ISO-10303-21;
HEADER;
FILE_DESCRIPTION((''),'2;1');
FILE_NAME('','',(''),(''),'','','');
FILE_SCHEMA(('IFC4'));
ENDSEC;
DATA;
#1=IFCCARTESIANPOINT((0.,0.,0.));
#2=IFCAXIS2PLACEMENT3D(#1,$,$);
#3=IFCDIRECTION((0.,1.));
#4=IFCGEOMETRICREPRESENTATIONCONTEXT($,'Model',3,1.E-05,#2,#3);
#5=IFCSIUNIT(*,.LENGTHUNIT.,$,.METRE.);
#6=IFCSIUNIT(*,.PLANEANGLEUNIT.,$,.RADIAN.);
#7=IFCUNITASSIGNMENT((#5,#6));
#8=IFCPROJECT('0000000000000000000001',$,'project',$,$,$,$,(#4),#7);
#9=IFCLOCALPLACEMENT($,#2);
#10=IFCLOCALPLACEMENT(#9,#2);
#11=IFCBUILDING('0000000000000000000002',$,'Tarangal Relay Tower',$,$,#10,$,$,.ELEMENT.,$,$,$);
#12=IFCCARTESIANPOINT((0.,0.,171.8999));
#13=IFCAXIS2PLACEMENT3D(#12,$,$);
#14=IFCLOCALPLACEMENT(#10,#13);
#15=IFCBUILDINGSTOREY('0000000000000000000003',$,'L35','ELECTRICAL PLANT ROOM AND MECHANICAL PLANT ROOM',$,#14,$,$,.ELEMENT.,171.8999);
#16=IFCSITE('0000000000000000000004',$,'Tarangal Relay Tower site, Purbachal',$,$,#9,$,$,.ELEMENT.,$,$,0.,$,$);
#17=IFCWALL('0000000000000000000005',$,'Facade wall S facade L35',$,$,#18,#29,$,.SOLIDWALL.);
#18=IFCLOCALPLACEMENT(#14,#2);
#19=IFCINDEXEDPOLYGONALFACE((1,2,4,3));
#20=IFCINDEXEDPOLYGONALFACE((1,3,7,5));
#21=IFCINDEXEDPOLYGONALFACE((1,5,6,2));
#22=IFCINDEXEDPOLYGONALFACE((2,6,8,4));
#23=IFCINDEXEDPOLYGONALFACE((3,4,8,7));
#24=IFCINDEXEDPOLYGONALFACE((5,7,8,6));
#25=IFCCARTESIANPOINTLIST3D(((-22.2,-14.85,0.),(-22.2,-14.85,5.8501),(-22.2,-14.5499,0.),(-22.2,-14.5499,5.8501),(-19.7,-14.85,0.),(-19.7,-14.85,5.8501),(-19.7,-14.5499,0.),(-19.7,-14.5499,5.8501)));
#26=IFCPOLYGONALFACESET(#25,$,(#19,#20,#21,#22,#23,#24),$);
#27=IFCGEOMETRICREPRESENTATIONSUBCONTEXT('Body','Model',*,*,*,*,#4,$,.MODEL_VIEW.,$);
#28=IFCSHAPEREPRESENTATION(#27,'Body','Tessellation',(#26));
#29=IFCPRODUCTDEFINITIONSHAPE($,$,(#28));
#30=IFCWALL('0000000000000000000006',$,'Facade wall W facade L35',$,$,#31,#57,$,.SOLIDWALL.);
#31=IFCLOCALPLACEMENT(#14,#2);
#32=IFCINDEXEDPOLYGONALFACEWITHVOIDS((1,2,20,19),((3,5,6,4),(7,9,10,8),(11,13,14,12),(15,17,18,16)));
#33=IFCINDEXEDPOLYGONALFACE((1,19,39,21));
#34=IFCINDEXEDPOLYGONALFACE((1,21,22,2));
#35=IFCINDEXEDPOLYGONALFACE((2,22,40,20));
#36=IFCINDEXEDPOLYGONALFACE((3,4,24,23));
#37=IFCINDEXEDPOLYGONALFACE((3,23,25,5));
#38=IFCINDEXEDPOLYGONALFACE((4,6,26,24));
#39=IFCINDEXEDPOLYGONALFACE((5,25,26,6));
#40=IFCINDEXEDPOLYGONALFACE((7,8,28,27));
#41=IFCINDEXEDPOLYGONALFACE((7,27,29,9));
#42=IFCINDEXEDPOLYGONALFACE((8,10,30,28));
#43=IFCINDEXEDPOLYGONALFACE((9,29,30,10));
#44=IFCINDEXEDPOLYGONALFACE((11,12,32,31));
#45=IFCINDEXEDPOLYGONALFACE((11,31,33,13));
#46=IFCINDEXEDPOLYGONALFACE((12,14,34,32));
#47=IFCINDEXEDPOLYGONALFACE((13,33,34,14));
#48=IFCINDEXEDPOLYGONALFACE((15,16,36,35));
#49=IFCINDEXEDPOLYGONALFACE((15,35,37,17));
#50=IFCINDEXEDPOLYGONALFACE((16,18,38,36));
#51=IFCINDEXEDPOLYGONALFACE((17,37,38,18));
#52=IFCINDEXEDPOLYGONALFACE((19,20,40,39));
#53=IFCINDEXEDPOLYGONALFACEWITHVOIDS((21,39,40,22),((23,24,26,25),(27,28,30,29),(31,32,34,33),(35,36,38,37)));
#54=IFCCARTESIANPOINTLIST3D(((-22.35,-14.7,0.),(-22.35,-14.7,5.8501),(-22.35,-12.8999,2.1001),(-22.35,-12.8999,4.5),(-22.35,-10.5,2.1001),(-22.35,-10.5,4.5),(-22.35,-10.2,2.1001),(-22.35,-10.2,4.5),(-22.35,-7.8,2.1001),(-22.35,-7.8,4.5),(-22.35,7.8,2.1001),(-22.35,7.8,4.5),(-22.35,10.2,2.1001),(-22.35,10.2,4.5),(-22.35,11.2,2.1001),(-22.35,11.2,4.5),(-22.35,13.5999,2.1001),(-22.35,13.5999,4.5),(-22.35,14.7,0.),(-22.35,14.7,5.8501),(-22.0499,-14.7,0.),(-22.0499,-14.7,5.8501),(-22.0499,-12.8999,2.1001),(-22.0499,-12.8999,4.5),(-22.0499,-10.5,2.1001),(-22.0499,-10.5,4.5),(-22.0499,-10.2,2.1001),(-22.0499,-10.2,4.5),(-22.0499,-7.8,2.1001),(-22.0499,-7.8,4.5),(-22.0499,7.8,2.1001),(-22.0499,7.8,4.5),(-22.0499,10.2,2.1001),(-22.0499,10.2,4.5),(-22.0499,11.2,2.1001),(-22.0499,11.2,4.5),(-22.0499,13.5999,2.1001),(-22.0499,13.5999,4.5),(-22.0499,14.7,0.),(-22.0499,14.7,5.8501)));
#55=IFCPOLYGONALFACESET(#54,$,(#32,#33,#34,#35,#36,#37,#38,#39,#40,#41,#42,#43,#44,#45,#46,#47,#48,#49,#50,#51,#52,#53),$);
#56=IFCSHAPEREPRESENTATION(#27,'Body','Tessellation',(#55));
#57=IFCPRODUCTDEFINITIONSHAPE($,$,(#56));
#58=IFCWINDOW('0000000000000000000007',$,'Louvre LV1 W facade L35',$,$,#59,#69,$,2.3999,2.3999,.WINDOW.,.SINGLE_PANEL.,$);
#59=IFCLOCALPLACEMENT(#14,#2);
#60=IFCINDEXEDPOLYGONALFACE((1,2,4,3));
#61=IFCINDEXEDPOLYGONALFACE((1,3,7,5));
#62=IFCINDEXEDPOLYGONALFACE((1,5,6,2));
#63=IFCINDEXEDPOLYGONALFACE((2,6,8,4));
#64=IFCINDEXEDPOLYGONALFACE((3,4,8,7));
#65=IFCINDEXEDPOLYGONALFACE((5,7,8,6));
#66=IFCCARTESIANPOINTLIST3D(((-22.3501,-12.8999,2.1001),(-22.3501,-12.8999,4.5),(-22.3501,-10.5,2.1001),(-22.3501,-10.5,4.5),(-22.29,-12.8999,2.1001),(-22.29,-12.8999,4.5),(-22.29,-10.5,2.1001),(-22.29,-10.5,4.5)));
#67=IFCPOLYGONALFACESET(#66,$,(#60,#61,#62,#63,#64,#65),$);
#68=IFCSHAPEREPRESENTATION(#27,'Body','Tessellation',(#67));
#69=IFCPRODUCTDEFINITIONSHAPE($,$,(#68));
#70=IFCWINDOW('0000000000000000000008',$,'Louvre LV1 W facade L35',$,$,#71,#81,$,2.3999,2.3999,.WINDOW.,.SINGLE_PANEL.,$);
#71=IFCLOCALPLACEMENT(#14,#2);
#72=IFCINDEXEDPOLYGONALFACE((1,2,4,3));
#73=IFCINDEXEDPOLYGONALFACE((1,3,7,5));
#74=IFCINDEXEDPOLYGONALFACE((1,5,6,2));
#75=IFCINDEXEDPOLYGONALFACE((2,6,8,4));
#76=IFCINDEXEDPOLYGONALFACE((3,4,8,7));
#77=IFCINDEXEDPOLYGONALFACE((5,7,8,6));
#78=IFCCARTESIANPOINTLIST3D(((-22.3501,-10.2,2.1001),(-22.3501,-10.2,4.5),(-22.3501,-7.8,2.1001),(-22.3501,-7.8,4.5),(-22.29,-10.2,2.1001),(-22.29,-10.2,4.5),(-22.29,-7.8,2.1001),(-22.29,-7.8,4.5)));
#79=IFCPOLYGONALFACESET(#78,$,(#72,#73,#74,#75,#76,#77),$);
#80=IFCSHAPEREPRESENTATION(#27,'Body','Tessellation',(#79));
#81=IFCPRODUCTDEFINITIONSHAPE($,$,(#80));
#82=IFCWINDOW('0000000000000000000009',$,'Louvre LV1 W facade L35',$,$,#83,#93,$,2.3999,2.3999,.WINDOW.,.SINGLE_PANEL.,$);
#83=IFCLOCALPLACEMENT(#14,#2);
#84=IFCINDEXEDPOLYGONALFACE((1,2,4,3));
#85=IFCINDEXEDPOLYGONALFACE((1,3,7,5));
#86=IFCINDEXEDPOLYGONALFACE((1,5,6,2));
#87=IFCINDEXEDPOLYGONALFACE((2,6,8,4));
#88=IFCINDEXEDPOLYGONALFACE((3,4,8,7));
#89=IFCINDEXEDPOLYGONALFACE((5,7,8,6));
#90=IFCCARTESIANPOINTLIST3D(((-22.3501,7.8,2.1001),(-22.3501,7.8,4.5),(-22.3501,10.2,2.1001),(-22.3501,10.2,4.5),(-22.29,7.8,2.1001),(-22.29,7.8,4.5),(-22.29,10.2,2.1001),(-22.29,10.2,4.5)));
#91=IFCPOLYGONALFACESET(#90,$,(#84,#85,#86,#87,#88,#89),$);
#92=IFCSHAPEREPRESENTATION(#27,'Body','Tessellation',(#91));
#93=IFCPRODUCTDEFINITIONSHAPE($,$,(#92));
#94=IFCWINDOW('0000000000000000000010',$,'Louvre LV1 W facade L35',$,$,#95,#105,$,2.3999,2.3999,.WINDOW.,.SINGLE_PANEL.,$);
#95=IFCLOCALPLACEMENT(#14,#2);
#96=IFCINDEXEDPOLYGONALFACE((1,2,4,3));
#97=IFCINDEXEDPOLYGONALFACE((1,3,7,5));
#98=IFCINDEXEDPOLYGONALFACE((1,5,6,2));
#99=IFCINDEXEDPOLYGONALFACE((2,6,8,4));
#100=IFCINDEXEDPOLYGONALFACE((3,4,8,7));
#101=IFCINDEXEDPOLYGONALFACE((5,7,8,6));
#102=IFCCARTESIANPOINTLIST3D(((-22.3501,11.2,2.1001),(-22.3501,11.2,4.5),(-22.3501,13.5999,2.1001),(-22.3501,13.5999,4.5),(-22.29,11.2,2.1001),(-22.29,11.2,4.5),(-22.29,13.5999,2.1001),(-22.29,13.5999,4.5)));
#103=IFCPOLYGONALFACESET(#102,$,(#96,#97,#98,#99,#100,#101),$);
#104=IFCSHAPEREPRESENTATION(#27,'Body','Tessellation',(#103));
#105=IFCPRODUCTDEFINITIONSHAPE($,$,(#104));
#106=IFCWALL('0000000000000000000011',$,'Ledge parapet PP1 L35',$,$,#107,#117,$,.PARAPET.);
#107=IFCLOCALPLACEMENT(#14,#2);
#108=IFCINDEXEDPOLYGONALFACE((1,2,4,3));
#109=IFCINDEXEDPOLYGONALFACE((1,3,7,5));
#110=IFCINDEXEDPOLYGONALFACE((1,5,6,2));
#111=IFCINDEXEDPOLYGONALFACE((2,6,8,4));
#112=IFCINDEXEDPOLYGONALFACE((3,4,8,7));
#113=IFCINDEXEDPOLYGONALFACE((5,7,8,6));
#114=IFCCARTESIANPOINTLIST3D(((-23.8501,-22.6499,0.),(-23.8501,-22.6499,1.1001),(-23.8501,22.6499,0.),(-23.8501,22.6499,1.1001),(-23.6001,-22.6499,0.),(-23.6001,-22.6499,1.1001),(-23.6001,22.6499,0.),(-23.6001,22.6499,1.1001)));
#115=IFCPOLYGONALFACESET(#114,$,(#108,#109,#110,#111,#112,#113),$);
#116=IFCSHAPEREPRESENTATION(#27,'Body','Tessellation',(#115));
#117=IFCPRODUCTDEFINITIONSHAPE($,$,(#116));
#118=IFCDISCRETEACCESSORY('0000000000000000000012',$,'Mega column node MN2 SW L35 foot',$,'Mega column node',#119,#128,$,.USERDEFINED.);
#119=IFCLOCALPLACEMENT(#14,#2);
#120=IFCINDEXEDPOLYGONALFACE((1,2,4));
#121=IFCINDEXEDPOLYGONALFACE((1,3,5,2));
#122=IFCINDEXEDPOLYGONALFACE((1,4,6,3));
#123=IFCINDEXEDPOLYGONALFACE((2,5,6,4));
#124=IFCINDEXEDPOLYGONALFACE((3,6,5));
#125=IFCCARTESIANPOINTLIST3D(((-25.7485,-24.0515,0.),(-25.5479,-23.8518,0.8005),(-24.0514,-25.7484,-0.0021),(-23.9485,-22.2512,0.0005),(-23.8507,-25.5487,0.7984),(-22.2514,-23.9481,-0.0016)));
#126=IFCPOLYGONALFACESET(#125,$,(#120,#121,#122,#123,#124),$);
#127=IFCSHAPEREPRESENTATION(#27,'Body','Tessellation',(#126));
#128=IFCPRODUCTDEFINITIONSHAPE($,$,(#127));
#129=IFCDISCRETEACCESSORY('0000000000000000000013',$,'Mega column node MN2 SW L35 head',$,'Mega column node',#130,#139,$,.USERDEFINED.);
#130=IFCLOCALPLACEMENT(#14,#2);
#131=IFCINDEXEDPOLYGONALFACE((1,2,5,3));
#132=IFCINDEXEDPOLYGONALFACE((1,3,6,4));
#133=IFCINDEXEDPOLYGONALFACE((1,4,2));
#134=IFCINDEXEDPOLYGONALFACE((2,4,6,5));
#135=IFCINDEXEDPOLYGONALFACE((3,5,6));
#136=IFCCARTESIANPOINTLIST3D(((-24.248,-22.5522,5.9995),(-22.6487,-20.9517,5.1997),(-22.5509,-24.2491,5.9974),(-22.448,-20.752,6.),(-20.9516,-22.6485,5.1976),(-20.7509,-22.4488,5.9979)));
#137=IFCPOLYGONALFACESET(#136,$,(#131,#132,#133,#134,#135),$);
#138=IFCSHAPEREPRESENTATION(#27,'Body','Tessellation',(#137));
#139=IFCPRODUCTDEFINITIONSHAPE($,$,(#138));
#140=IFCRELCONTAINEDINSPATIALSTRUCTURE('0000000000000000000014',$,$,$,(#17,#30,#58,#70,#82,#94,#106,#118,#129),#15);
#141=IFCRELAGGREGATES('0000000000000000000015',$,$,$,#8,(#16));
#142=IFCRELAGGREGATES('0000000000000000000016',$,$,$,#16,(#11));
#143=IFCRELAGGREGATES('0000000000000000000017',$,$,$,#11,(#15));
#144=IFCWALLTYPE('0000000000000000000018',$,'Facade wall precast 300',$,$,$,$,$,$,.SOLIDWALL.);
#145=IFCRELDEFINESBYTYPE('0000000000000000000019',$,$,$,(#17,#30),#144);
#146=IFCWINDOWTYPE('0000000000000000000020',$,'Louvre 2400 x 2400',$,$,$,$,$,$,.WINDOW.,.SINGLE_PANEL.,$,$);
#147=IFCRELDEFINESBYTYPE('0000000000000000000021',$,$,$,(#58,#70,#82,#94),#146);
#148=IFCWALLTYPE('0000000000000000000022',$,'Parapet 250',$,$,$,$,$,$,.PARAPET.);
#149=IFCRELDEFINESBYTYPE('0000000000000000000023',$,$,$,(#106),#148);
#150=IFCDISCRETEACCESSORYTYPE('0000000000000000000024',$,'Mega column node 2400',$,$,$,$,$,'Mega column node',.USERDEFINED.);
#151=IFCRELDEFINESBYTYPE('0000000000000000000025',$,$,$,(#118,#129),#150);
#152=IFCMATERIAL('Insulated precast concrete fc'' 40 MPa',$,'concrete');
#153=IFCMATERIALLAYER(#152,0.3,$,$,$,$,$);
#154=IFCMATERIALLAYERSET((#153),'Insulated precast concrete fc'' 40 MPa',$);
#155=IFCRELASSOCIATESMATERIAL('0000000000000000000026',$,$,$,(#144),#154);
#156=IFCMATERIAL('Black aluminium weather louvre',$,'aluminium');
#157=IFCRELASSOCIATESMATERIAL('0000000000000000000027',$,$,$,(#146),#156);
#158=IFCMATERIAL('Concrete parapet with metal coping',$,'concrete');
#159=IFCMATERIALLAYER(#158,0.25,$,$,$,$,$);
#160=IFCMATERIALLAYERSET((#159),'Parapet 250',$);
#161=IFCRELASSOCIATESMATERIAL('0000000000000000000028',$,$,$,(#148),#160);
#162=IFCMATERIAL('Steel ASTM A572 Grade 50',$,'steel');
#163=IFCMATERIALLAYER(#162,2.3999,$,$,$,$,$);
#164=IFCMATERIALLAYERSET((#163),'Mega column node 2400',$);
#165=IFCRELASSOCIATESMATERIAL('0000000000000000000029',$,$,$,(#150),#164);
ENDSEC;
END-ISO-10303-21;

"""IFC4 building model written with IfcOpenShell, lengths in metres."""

from ifc_helpers import new_model, si_unit, direction, frame, frame_2d, origin, place, context, subcontext, project, spatial, polyline, rectangle, outline, extrude, material, layer, layer_set, type_object, element, fill, save


model = new_model("IFC4")

# Units and contexts
model_context = context("Model", 3, precision=1e-05, world=origin(), true_north=direction((0.0, 1.0)))
body_context = subcontext(model_context, "Body", "Model", "MODEL_VIEW")
ifc_project = project(units=[si_unit("LENGTHUNIT", "METRE"), si_unit("PLANEANGLEUNIT", "RADIAN")], contexts=[model_context])

# Site, building, storey
site_placement = place(None, origin())
site = spatial("IfcSite", under=ifc_project, at=site_placement, Name="Tarangal Relay Tower site, Purbachal", CompositionType="ELEMENT", RefElevation=0.0)
building_placement = place(site_placement, origin())
building = spatial("IfcBuilding", under=site, at=building_placement, Name="Tarangal Relay Tower", CompositionType="ELEMENT")
storey_placement = place(building_placement, frame((0.0, 0.0, 171.8999)))
storey = spatial("IfcBuildingStorey", under=building, at=storey_placement, Name="L35", Description="ELECTRICAL PLANT ROOM AND MECHANICAL PLANT ROOM", CompositionType="ELEMENT", Elevation=171.8999)

# Shared definitions
ifc_material_1 = material(Name="Insulated precast concrete fc' 40 MPa", Category="concrete")
ifc_layer_1 = layer(ifc_material_1, 0.3)
ifc_layer_set_1 = layer_set([ifc_layer_1], Name="Insulated precast concrete fc' 40 MPa")
wall_type_1 = type_object("IfcWallType", Name="Facade wall precast 300", PredefinedType="SOLIDWALL", material=ifc_layer_set_1)

# Wall
for number, where, z_axis, x_axis, name in (
    (1, (-19.7, -14.7, 0.0), (0.0, 0.0, 1.0), (-1.0, 0.0, 0.0), "Facade wall S facade L35"),
):
    element("IfcWall", number, at=place(storey_placement, frame(where, z_axis=z_axis, x_axis=x_axis)), inside=storey, type_object=wall_type_1, Name=name, PredefinedType="SOLIDWALL", context=body_context, shape_type="SweptSolid", body=[
        extrude(rectangle(XDim=2.5, YDim=0.3, at=frame_2d((1.25, 0.0))), origin(), (0.0, 0.0, 1.0), 5.8501),
    ])

# Wall, openings, windows
wall_1_placement = place(storey_placement, frame((-22.2, -14.7, 0.0), z_axis=(0.0, 0.0, 1.0), x_axis=(0.0, 1.0, 0.0)))
wall_1 = element("IfcWall", 2, at=wall_1_placement, inside=storey, type_object=wall_type_1, Name="Facade wall W facade L35", PredefinedType="SOLIDWALL", context=body_context, shape_type="SweptSolid", body=[
    extrude(rectangle(XDim=29.3999, YDim=0.3, at=frame_2d((14.7, 0.0))), origin(), (0.0, 0.0, 1.0), 5.8501),
])
opening_1_placement = place(wall_1_placement, frame((1.8, 0.0, 2.1001)))
opening_1 = element("IfcOpeningElement", 3, at=opening_1_placement, cuts=wall_1, PredefinedType="OPENING", context=body_context, shape_type="SweptSolid", body=[
    extrude(rectangle(XDim=2.3999, YDim=2.3999, at=frame_2d((1.2, 1.2))), frame((0.0, 0.1599, 0.0), z_axis=(0.0, -1.0, 0.0), x_axis=(1.0, 0.0, 0.0)), (0.0, 0.0, 1.0), 0.3201),
])
opening_2_placement = place(wall_1_placement, frame((4.5, 0.0, 2.1001)))
opening_2 = element("IfcOpeningElement", 4, at=opening_2_placement, cuts=wall_1, PredefinedType="OPENING", context=body_context, shape_type="SweptSolid", body=[
    extrude(rectangle(XDim=2.3999, YDim=2.3999, at=frame_2d((1.2, 1.2))), frame((0.0, 0.1599, 0.0), z_axis=(0.0, -1.0, 0.0), x_axis=(1.0, 0.0, 0.0)), (0.0, 0.0, 1.0), 0.3201),
])
opening_3_placement = place(wall_1_placement, frame((22.5, 0.0, 2.1001)))
opening_3 = element("IfcOpeningElement", 5, at=opening_3_placement, cuts=wall_1, PredefinedType="OPENING", context=body_context, shape_type="SweptSolid", body=[
    extrude(rectangle(XDim=2.3999, YDim=2.3999, at=frame_2d((1.2, 1.2))), frame((0.0, 0.1599, 0.0), z_axis=(0.0, -1.0, 0.0), x_axis=(1.0, 0.0, 0.0)), (0.0, 0.0, 1.0), 0.3201),
])
opening_4_placement = place(wall_1_placement, frame((25.8999, 0.0, 2.1001)))
opening_4 = element("IfcOpeningElement", 6, at=opening_4_placement, cuts=wall_1, PredefinedType="OPENING", context=body_context, shape_type="SweptSolid", body=[
    extrude(rectangle(XDim=2.3999, YDim=2.3999, at=frame_2d((1.2, 1.2))), frame((0.0, 0.1599, 0.0), z_axis=(0.0, -1.0, 0.0), x_axis=(1.0, 0.0, 0.0)), (0.0, 0.0, 1.0), 0.3201),
])
ifc_material_2 = material(Name="Black aluminium weather louvre", Category="aluminium")
window_type = type_object("IfcWindowType", Name="Louvre 2400 x 2400", PartitioningType="SINGLE_PANEL", PredefinedType="WINDOW", material=ifc_material_2)
window_1_placement = place(opening_1_placement, origin())
window_1 = element("IfcWindow", 7, at=window_1_placement, inside=storey, type_object=window_type, Name="Louvre LV1 W facade L35", OverallHeight=2.3999, OverallWidth=2.3999, PartitioningType="SINGLE_PANEL", PredefinedType="WINDOW", context=body_context, shape_type="SweptSolid", body=[
    extrude(rectangle(XDim=2.3999, YDim=2.3999, at=frame_2d((1.2, 1.2))), frame((0.0, 0.1501, 0.0), z_axis=(0.0, -1.0, 0.0), x_axis=(1.0, 0.0, 0.0)), (0.0, 0.0, 1.0), 0.0601),
])
fill(opening_1, window_1)
window_2_placement = place(opening_2_placement, origin())
window_2 = element("IfcWindow", 8, at=window_2_placement, inside=storey, type_object=window_type, Name="Louvre LV1 W facade L35", OverallHeight=2.3999, OverallWidth=2.3999, PartitioningType="SINGLE_PANEL", PredefinedType="WINDOW", context=body_context, shape_type="SweptSolid", body=[
    extrude(rectangle(XDim=2.3999, YDim=2.3999, at=frame_2d((1.2, 1.2))), frame((0.0, 0.1501, 0.0), z_axis=(0.0, -1.0, 0.0), x_axis=(1.0, 0.0, 0.0)), (0.0, 0.0, 1.0), 0.0601),
])
fill(opening_2, window_2)
window_3_placement = place(opening_3_placement, origin())
window_3 = element("IfcWindow", 9, at=window_3_placement, inside=storey, type_object=window_type, Name="Louvre LV1 W facade L35", OverallHeight=2.3999, OverallWidth=2.3999, PartitioningType="SINGLE_PANEL", PredefinedType="WINDOW", context=body_context, shape_type="SweptSolid", body=[
    extrude(rectangle(XDim=2.3999, YDim=2.3999, at=frame_2d((1.2, 1.2))), frame((0.0, 0.1501, 0.0), z_axis=(0.0, -1.0, 0.0), x_axis=(1.0, 0.0, 0.0)), (0.0, 0.0, 1.0), 0.0601),
])
fill(opening_3, window_3)
window_4_placement = place(opening_4_placement, origin())
window_4 = element("IfcWindow", 10, at=window_4_placement, inside=storey, type_object=window_type, Name="Louvre LV1 W facade L35", OverallHeight=2.3999, OverallWidth=2.3999, PartitioningType="SINGLE_PANEL", PredefinedType="WINDOW", context=body_context, shape_type="SweptSolid", body=[
    extrude(rectangle(XDim=2.3999, YDim=2.3999, at=frame_2d((1.2, 1.2))), frame((0.0, 0.1501, 0.0), z_axis=(0.0, -1.0, 0.0), x_axis=(1.0, 0.0, 0.0)), (0.0, 0.0, 1.0), 0.0601),
])
fill(opening_4, window_4)

# Wall
ifc_material_3 = material(Name="Concrete parapet with metal coping", Category="concrete")
ifc_layer_2 = layer(ifc_material_3, 0.25)
ifc_layer_set_2 = layer_set([ifc_layer_2], Name="Parapet 250")
wall_type_2 = type_object("IfcWallType", Name="Parapet 250", PredefinedType="PARAPET", material=ifc_layer_set_2)
wall_2_placement = place(storey_placement, frame((-23.7251, -22.6499, 0.0), z_axis=(0.0, 0.0, 1.0), x_axis=(0.0, 1.0, 0.0)))
element("IfcWall", 11, at=wall_2_placement, inside=storey, type_object=wall_type_2, Name="Ledge parapet PP1 L35", PredefinedType="PARAPET", context=body_context, shape_type="SweptSolid", body=[
    extrude(rectangle(XDim=45.2998, YDim=0.25, at=frame_2d((22.6499, 0.0))), origin(), (0.0, 0.0, 1.0), 1.1001),
])

# Discrete accessories
ifc_material_4 = material(Name="Steel ASTM A572 Grade 50", Category="steel")
ifc_layer_3 = layer(ifc_material_4, 2.3999)
ifc_layer_set_3 = layer_set([ifc_layer_3], Name="Mega column node 2400")
discrete_accessory_type = type_object("IfcDiscreteAccessoryType", Name="Mega column node 2400", ElementType="Mega column node", PredefinedType="USERDEFINED", material=ifc_layer_set_3)
discrete_accessory_1_placement = place(storey_placement, frame((-23.9485, -22.2512, 0.0005), z_axis=(-0.707155, 0.707058, 0.000887), x_axis=(-0.666407, -0.666915, 0.333356)))
element("IfcDiscreteAccessory", 12, at=discrete_accessory_1_placement, inside=storey, type_object=discrete_accessory_type, Name="Mega column node MN2 SW L35 foot", ObjectType="Mega column node", PredefinedType="USERDEFINED", context=body_context, shape_type="SweptSolid", body=[
    extrude(outline(polyline([(0.0, 0.0), (2.4, 0.0), (2.4, -0.8491), (0.0, 0.0)])), origin(), (0.0, 0.0, -1.0), 2.3999),
])
discrete_accessory_2_placement = place(storey_placement, frame((-24.248, -22.5522, 5.9995), z_axis=(-0.707155, 0.707058, 0.000887), x_axis=(0.666429, 0.666938, -0.333265)))
element("IfcDiscreteAccessory", 13, at=discrete_accessory_2_placement, inside=storey, type_object=discrete_accessory_type, Name="Mega column node MN2 SW L35 head", ObjectType="Mega column node", PredefinedType="USERDEFINED", context=body_context, shape_type="SweptSolid", body=[
    extrude(outline(polyline([(0.0, 0.0), (2.3999, 0.0), (2.4001, -0.8489), (0.0, 0.0)])), origin(), (0.0, 0.0, -1.0), 2.3999),
])

save(model, "model.ifc")
